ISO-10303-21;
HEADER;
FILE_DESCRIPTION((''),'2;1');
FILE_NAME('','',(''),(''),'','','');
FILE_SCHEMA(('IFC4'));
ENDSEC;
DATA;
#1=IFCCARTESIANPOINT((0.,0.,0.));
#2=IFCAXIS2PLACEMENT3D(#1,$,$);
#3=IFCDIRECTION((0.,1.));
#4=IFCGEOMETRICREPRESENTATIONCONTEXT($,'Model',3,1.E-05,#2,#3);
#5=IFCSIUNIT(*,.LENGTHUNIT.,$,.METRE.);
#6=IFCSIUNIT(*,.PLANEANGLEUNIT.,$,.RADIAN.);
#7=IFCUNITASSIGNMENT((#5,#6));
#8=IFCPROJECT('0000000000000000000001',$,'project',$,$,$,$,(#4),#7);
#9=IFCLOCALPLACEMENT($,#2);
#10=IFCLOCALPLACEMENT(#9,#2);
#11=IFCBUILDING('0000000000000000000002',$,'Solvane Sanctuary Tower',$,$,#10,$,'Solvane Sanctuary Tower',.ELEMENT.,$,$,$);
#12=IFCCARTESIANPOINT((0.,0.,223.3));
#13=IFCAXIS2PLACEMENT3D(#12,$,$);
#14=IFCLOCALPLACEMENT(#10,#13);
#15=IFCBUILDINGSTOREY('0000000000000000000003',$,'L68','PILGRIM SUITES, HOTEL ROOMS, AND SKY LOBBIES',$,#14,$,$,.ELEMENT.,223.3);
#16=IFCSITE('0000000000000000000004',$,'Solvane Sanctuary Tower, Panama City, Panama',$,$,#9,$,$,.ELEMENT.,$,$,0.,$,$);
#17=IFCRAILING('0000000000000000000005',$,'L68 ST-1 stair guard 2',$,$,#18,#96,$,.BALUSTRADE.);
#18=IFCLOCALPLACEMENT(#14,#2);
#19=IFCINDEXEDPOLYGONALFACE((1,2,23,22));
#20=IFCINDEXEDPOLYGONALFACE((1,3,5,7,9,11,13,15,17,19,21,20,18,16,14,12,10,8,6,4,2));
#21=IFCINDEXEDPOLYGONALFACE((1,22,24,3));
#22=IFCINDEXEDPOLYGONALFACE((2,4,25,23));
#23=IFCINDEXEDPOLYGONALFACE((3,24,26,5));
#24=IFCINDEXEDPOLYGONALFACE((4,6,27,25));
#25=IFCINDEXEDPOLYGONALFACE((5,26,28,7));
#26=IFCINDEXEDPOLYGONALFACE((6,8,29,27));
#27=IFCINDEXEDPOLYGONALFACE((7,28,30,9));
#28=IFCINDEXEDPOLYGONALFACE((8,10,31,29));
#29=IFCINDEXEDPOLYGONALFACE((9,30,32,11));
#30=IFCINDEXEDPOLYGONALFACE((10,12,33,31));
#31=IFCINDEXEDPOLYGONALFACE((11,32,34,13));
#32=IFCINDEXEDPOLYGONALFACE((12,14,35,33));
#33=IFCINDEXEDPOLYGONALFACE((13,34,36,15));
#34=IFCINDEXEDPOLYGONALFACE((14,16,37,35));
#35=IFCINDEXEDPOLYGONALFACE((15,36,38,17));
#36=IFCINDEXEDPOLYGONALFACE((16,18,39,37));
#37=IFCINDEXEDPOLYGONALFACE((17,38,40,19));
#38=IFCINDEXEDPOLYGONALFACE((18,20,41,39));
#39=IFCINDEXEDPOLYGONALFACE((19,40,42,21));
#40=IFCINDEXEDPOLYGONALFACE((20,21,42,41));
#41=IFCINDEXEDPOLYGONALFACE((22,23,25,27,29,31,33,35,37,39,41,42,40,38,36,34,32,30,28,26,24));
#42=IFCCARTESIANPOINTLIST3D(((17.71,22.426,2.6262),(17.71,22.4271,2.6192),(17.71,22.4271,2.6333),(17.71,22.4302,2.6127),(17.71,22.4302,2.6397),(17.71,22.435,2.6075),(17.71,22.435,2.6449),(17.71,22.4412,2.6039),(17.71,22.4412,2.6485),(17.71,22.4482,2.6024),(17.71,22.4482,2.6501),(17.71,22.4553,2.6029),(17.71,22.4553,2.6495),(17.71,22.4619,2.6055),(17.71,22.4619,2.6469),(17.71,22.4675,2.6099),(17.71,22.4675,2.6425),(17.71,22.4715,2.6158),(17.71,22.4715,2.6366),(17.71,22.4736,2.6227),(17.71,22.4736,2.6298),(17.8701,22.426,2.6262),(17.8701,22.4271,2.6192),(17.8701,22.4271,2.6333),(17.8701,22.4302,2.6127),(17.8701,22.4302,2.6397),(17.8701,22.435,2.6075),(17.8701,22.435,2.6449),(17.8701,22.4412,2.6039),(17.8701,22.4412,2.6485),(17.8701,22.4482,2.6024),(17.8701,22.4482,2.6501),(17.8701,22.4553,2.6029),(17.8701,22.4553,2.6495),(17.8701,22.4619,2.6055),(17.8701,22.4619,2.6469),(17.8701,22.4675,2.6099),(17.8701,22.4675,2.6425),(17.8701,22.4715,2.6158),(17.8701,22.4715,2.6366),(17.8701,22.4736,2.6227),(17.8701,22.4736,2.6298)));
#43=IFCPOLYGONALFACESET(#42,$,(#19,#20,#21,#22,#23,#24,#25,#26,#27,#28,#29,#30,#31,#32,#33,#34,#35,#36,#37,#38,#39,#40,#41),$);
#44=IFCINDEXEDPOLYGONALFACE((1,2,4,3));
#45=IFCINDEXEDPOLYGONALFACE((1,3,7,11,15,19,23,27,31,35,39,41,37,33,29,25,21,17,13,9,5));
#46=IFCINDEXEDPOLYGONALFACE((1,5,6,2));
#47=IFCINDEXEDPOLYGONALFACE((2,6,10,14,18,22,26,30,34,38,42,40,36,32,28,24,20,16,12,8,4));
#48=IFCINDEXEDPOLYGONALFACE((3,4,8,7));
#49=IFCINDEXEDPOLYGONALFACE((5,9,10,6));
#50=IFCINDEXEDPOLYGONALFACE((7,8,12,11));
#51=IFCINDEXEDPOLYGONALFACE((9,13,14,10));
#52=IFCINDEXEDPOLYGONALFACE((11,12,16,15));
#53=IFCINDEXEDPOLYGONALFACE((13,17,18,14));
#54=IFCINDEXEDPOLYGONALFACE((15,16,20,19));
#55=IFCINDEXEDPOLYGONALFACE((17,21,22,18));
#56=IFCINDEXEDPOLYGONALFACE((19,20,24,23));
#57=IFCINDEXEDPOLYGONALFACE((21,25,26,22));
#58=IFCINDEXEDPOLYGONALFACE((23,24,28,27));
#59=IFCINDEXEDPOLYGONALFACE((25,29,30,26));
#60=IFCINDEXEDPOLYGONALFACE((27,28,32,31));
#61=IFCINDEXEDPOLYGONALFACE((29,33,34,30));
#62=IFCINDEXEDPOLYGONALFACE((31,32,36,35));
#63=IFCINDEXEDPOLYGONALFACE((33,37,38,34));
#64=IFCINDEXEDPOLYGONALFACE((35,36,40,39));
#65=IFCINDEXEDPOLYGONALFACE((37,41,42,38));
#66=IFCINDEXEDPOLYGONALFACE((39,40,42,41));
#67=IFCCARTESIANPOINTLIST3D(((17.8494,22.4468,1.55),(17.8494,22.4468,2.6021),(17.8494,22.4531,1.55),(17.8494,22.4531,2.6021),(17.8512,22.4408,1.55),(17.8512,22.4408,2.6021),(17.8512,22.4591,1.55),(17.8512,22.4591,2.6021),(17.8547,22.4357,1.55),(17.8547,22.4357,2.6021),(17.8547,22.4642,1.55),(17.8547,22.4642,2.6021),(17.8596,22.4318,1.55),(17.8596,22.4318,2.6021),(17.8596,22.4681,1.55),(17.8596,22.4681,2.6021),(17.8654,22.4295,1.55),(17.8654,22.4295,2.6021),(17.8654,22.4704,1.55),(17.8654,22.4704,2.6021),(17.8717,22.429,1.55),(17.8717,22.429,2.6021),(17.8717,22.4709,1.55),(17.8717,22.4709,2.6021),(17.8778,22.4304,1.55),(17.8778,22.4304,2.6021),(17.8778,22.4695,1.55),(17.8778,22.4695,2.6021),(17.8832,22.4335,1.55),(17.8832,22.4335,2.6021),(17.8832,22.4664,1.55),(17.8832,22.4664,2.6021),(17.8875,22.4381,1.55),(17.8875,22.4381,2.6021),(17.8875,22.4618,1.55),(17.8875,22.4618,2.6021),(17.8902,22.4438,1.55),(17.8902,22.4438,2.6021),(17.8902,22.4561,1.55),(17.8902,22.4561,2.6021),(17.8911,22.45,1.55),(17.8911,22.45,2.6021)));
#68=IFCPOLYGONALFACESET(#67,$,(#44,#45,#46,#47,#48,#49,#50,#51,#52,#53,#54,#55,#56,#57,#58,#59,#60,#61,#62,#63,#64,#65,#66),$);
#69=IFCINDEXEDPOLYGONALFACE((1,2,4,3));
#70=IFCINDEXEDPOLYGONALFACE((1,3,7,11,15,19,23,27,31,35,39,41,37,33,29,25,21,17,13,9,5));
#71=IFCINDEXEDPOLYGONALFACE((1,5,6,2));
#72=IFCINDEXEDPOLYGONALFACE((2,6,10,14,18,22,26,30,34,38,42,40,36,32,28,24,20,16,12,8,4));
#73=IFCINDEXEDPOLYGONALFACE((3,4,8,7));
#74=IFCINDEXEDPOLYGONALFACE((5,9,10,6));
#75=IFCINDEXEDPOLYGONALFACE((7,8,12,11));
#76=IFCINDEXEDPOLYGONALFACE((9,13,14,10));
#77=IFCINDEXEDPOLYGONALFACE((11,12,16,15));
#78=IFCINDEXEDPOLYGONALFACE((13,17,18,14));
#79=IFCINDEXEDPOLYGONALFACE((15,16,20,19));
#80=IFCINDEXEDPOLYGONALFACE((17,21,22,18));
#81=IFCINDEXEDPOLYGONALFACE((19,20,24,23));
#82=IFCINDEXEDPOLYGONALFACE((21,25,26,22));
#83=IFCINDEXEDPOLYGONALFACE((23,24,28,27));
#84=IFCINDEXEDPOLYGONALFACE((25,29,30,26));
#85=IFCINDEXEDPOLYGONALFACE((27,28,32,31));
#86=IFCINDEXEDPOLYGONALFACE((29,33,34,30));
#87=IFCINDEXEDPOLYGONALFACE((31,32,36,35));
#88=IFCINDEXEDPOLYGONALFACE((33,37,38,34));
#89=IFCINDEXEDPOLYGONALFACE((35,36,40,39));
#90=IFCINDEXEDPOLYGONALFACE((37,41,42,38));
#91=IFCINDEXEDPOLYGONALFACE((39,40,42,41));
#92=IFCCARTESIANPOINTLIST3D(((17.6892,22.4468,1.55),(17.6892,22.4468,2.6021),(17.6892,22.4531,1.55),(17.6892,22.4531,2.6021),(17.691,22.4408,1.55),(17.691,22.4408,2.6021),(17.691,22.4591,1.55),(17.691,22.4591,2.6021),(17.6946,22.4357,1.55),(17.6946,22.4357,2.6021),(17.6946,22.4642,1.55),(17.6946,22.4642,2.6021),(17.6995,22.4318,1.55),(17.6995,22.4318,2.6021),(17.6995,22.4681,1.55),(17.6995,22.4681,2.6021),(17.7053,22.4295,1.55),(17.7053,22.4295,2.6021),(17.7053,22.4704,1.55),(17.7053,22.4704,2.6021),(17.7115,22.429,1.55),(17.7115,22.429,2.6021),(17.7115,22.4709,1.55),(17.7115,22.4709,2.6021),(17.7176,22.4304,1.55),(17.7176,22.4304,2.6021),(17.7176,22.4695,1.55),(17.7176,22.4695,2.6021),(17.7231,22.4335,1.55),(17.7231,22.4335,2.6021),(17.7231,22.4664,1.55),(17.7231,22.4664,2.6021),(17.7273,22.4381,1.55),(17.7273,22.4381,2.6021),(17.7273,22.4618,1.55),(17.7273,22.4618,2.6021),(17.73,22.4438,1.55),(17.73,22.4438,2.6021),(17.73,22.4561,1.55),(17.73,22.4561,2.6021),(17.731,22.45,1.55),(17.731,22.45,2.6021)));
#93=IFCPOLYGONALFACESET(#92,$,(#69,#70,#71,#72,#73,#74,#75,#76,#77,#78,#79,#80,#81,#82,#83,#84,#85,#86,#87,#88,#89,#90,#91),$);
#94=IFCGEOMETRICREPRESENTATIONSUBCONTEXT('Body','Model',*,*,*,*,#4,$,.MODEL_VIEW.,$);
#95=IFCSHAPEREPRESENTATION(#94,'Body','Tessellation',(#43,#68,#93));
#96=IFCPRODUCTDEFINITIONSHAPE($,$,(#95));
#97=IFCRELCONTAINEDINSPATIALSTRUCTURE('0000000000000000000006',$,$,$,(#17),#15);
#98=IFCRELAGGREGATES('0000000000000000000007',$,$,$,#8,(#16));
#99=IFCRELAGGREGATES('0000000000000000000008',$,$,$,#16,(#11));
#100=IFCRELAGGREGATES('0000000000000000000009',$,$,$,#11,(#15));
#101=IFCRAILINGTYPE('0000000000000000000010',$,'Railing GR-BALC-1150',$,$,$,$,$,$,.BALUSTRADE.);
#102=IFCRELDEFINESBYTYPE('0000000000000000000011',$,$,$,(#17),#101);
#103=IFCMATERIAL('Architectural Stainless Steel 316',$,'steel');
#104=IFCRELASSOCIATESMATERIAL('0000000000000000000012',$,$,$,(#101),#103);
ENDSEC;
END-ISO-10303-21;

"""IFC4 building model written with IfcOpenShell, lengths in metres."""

from ifc_helpers import new_model, si_unit, direction, frame, origin, origin_2d, place, context, subcontext, project, spatial, circle, extrude, material, type_object, element, save


model = new_model("IFC4")

# Units and contexts
model_context = context("Model", 3, precision=1e-05, world=origin(), true_north=direction((0.0, 1.0)))
body_context = subcontext(model_context, "Body", "Model", "MODEL_VIEW")
ifc_project = project(units=[si_unit("LENGTHUNIT", "METRE"), si_unit("PLANEANGLEUNIT", "RADIAN")], contexts=[model_context])

# Site, building, storey
site_placement = place(None, origin())
site = spatial("IfcSite", under=ifc_project, at=site_placement, Name="Solvane Sanctuary Tower, Panama City, Panama", CompositionType="ELEMENT", RefElevation=0.0)
building_placement = place(site_placement, origin())
building = spatial("IfcBuilding", under=site, at=building_placement, Name="Solvane Sanctuary Tower", LongName="Solvane Sanctuary Tower", CompositionType="ELEMENT")
storey_placement = place(building_placement, frame((0.0, 0.0, 223.3)))
storey = spatial("IfcBuildingStorey", under=building, at=storey_placement, Name="L68", Description="PILGRIM SUITES, HOTEL ROOMS, AND SKY LOBBIES", CompositionType="ELEMENT", Elevation=223.3)

# Shared definitions
ifc_material_1 = material(Name="Architectural Stainless Steel 316", Category="steel")

# Railing
railing_type_1 = type_object("IfcRailingType", Name="Railing GR-BALC-1150", PredefinedType="BALUSTRADE", material=ifc_material_1)
railing_1_placement = place(storey_placement, frame((17.8701, 22.45, 1.55)))
element("IfcRailing", 1, at=railing_1_placement, inside=storey, type_object=railing_type_1, Name="L68 ST-1 stair guard 2", PredefinedType="BALUSTRADE", context=body_context, shape_type="SweptSolid", body=[
    extrude(circle(Radius=0.0239, at=origin_2d()), frame((0.0, 0.0, 1.0762), z_axis=(-1.0, 0.0, 0.0), x_axis=(0.0, -1.0, 0.0)), (0.0, 0.0, 1.0), 0.1602),
    extrude(circle(Radius=0.021, at=origin_2d()), origin(), (0.0, 0.0, 1.0), 1.052),
    extrude(circle(Radius=0.021, at=origin_2d()), frame((-0.1602, 0.0, 0.0)), (0.0, 0.0, 1.0), 1.052),
])

save(model, "model.ifc")
